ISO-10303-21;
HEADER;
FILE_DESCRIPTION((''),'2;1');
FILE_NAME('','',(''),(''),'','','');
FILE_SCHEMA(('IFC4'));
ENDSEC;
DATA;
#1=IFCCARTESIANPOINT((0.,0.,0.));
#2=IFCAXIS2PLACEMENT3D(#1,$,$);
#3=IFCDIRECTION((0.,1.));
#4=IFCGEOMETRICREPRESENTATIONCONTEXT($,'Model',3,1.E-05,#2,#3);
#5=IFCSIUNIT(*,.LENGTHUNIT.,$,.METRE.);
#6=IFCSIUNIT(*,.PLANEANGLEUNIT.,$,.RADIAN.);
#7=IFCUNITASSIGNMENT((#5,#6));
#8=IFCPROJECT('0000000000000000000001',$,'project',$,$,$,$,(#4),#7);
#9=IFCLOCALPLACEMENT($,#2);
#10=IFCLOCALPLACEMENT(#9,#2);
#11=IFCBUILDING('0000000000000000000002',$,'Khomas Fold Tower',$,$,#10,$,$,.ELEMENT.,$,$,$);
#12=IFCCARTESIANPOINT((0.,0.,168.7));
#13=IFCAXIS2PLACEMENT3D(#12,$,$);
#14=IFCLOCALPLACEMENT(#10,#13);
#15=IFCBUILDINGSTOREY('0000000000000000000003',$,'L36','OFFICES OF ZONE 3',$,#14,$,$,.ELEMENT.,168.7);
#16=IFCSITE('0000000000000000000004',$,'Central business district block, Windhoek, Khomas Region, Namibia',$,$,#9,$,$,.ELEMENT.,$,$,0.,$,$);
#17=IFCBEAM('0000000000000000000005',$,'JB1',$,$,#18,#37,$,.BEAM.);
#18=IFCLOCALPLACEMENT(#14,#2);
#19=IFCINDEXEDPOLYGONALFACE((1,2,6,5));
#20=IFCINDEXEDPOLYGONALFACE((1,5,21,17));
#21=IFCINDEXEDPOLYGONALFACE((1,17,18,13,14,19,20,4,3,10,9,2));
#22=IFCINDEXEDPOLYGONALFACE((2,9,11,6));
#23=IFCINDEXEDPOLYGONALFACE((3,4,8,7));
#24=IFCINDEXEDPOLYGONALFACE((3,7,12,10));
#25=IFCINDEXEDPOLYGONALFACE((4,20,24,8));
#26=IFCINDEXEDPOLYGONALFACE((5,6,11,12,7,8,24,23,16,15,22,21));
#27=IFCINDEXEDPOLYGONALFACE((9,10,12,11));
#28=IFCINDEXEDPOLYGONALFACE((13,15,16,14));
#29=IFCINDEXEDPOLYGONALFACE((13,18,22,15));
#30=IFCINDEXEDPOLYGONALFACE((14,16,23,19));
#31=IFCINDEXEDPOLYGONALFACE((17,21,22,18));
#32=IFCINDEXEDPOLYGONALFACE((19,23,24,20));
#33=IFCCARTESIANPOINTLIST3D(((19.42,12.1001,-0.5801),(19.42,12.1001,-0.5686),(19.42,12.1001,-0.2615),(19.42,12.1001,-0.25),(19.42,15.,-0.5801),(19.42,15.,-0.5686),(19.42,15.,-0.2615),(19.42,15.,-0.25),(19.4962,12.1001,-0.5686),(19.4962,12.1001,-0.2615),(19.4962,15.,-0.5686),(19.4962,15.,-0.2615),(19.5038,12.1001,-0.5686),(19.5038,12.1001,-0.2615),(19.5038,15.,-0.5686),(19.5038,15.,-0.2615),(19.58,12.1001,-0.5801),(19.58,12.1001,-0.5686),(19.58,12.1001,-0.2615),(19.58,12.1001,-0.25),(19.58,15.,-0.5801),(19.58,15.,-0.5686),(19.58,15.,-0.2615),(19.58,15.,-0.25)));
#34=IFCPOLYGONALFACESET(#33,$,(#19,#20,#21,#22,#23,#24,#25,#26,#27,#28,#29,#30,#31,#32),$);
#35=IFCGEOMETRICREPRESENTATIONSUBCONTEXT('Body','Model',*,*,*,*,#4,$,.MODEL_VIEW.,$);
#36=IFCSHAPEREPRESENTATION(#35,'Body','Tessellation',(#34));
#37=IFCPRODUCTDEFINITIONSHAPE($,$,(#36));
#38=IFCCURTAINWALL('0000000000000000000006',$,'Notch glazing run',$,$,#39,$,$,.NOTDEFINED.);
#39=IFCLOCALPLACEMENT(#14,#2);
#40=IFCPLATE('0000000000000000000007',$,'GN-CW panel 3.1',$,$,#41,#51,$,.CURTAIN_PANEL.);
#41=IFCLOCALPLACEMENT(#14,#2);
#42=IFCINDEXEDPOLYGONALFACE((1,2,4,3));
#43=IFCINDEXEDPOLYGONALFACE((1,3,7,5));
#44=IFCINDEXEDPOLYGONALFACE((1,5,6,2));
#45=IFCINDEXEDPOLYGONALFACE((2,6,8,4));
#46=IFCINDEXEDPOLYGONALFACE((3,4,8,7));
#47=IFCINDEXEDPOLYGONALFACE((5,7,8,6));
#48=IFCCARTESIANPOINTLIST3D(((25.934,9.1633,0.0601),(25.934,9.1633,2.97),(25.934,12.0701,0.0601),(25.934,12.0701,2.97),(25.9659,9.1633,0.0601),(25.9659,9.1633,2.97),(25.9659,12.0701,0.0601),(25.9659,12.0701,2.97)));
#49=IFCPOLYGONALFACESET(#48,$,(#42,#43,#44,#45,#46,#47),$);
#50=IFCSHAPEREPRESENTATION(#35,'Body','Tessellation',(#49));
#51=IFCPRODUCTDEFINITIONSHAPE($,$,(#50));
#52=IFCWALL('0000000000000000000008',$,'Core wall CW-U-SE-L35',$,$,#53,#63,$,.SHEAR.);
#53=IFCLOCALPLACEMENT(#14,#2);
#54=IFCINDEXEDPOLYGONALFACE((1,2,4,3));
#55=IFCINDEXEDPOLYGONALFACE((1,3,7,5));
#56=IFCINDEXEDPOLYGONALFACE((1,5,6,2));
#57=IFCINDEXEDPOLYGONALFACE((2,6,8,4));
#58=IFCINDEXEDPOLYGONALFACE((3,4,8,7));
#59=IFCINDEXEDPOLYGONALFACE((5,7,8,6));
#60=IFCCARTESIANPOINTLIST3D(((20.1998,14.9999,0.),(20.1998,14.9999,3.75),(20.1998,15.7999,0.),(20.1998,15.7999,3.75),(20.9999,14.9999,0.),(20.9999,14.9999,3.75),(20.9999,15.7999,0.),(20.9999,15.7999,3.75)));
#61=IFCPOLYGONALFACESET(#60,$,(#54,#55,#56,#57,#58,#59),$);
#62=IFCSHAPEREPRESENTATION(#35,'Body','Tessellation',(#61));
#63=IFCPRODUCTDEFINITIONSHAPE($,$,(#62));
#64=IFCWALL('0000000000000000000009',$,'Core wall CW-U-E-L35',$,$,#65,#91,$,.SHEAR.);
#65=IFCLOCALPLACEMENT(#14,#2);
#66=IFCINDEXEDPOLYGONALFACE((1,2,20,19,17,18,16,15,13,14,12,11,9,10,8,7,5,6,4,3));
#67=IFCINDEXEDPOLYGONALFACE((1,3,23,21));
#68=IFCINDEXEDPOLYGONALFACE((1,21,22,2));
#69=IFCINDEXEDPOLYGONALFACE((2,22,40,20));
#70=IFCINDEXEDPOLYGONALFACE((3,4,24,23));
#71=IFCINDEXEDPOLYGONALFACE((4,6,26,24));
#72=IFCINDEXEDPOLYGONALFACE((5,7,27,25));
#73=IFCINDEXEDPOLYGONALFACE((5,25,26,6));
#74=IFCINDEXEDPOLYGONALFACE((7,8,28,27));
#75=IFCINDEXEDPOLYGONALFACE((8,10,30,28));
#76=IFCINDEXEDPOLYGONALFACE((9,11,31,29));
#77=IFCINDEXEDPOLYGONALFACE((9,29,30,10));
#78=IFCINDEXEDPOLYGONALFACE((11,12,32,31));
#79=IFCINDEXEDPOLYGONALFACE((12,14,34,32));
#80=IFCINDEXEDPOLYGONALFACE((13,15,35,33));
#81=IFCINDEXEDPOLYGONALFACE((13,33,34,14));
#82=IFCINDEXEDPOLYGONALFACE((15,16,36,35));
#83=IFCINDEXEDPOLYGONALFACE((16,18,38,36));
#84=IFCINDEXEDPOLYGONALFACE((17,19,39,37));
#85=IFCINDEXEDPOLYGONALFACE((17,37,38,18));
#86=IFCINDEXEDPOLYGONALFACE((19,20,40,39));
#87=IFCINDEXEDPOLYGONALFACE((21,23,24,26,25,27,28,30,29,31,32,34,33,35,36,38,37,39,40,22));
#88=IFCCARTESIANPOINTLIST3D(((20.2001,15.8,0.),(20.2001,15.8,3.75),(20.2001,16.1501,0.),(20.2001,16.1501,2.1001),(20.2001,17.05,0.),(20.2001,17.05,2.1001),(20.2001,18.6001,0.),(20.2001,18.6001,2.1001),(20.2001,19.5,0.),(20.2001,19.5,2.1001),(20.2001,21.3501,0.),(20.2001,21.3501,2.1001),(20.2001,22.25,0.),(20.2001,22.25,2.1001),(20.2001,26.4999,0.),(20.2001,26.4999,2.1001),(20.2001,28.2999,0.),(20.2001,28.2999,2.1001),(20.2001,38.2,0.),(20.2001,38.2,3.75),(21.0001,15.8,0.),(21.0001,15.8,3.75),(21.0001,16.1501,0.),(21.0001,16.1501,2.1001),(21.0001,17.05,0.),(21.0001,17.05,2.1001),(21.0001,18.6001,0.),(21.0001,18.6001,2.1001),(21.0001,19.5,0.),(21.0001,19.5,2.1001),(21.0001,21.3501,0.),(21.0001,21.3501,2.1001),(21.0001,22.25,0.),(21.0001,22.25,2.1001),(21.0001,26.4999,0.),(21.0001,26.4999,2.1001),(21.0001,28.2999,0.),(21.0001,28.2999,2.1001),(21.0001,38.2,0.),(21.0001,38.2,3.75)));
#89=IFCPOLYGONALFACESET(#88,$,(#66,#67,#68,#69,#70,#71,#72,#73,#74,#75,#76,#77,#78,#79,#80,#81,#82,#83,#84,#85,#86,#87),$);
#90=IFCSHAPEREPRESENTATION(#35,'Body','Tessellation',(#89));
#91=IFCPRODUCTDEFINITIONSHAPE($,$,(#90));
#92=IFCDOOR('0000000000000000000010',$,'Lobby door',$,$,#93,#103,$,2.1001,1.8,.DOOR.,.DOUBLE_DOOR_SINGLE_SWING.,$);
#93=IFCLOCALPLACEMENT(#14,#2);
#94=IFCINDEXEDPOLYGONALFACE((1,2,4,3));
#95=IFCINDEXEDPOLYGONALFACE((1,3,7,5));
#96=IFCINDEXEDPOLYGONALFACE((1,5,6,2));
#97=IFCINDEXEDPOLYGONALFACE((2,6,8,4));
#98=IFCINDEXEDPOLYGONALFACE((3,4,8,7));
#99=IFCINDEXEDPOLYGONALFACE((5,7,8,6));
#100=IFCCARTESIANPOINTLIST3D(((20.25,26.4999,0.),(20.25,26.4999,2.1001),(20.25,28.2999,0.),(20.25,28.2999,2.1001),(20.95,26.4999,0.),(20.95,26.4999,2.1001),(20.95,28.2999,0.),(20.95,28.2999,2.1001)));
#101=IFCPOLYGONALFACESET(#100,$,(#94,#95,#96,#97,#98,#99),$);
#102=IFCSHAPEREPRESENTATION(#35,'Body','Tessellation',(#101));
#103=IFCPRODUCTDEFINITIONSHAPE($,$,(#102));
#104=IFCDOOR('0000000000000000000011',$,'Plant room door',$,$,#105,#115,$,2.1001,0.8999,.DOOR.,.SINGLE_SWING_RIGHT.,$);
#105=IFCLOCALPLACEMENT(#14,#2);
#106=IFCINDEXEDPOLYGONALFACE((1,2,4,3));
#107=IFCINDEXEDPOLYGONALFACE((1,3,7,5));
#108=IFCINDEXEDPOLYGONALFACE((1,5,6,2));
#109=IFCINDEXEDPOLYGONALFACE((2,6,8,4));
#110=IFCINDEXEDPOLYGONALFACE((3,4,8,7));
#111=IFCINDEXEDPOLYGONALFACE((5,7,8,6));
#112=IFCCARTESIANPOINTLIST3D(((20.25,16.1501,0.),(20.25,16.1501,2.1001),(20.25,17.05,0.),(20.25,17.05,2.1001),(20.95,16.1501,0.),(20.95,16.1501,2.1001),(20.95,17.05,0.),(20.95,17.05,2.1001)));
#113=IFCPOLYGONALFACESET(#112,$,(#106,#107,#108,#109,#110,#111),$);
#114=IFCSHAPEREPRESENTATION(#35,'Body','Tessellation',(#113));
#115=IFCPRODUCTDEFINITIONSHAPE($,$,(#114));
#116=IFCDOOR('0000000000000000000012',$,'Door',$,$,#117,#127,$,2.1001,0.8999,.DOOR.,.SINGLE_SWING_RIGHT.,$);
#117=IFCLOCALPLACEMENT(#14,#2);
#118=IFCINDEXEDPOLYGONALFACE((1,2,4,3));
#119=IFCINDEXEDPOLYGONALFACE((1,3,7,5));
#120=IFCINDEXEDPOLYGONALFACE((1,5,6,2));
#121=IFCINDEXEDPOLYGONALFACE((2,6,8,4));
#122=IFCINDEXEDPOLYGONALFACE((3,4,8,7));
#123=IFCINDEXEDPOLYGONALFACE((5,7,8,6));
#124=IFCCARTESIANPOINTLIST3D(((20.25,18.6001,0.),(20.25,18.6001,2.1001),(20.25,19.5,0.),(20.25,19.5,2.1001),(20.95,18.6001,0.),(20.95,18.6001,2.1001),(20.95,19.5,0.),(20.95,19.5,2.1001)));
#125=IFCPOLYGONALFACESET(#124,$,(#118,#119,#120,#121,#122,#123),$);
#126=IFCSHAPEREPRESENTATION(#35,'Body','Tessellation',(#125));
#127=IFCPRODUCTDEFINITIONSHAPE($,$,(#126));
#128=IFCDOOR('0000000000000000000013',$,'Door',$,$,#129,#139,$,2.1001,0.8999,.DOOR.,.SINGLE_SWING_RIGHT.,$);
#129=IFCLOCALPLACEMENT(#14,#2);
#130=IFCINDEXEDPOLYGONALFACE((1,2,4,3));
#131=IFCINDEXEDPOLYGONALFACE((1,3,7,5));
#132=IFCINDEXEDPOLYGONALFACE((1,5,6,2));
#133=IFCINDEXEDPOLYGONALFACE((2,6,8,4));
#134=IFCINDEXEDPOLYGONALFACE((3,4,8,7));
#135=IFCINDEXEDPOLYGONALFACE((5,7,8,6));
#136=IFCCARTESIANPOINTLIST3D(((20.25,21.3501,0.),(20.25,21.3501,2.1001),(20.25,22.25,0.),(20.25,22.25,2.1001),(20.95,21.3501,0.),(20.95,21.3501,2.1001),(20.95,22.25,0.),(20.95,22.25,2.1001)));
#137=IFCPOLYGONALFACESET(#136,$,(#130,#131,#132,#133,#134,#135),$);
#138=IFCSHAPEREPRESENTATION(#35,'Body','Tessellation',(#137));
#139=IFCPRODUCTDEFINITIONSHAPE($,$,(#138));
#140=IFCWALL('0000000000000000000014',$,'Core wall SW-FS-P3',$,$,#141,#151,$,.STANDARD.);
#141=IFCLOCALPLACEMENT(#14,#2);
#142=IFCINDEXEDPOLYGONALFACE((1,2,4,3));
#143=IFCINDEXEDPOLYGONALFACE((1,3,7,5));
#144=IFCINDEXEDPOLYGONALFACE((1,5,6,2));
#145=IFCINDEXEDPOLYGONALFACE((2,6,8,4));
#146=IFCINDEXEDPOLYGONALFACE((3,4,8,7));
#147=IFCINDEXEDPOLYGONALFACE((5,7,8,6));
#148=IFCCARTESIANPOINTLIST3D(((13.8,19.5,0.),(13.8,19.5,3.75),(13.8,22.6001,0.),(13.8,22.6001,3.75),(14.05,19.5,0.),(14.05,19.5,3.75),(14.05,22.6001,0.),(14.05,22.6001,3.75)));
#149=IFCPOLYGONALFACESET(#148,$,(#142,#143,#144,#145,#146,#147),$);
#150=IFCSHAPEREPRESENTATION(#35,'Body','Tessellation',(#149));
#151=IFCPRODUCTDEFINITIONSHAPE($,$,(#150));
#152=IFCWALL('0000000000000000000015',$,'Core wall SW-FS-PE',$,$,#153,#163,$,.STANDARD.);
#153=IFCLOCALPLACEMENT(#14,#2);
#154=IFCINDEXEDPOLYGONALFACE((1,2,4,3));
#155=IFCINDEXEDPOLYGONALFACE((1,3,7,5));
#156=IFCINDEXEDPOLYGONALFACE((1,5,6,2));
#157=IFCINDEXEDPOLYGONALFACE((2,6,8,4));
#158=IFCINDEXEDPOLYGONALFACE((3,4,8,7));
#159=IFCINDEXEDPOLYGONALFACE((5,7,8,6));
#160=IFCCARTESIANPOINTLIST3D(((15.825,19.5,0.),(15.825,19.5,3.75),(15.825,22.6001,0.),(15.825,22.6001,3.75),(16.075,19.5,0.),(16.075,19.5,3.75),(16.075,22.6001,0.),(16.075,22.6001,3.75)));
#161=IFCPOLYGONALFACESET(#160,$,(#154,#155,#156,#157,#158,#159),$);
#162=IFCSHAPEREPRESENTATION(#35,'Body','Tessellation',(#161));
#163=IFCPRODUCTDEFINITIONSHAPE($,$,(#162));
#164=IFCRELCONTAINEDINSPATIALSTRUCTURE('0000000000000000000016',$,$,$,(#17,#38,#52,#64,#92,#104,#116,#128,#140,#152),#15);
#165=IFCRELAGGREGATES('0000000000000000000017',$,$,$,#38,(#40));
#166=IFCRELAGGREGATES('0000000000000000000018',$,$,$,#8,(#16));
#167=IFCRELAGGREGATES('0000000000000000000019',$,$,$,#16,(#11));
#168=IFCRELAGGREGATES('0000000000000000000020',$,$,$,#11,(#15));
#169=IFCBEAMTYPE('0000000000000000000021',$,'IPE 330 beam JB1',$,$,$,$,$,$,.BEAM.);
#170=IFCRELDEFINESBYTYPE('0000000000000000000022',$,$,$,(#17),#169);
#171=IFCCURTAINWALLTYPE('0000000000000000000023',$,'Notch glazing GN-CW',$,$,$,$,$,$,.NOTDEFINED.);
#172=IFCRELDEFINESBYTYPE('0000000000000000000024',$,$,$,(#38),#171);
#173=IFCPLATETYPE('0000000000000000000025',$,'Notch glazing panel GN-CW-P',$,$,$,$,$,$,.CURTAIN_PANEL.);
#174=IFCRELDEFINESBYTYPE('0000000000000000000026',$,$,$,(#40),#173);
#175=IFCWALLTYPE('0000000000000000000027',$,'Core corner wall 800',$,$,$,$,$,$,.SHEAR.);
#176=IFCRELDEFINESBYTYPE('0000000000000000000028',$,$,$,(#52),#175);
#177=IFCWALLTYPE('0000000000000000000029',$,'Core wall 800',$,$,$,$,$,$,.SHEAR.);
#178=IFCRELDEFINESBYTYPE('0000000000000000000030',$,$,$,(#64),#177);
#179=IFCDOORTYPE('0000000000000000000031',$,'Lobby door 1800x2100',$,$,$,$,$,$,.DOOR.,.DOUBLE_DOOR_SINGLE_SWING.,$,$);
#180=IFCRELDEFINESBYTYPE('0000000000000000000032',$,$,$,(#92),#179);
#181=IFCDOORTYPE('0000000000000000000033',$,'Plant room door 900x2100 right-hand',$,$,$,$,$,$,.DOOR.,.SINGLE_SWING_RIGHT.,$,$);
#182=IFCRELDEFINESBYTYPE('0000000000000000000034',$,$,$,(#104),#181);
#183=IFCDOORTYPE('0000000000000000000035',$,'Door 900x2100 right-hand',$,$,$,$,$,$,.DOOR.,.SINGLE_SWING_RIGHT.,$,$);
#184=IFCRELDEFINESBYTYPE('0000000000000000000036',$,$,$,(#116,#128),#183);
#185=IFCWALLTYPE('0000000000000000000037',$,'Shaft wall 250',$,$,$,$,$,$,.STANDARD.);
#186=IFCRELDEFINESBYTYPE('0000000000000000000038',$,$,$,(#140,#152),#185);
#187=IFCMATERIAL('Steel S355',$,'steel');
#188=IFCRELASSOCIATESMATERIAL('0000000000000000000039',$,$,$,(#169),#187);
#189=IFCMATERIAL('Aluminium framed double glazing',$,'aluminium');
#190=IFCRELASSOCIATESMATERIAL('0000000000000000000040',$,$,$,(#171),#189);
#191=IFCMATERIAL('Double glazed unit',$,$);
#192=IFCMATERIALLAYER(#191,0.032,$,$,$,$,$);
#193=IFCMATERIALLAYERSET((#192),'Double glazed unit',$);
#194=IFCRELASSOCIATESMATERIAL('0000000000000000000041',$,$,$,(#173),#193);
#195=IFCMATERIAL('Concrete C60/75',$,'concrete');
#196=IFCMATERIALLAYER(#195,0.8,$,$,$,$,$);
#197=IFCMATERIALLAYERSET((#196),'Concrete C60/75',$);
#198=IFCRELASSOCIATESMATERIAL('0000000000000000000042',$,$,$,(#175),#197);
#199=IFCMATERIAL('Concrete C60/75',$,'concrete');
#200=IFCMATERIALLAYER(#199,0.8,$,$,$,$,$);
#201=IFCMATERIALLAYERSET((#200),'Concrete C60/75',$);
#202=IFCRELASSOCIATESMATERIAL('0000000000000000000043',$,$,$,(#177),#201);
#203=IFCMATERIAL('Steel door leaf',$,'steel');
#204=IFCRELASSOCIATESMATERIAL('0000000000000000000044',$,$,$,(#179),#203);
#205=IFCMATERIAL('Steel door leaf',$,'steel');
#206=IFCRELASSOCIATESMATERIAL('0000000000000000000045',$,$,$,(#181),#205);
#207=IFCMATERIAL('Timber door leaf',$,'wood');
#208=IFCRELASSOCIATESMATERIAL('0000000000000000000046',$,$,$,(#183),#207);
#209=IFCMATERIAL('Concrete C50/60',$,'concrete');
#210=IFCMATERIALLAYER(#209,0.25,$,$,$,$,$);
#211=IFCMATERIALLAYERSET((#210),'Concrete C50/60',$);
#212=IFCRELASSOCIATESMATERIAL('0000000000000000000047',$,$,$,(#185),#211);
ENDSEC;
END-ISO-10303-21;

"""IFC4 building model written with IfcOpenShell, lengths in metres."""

from ifc_helpers import new_model, si_unit, direction, frame, frame_2d, origin, origin_2d, place, context, subcontext, project, spatial, rectangle, i_section, extrude, source, transform, mapped, material, layer, layer_set, material_profile, profile_set, type_object, element, fill, aggregate, save


model = new_model("IFC4")

# Units and contexts
model_context = context("Model", 3, precision=1e-05, world=origin(), true_north=direction((0.0, 1.0)))
body_context = subcontext(model_context, "Body", "Model", "MODEL_VIEW")
ifc_project = project(units=[si_unit("LENGTHUNIT", "METRE"), si_unit("PLANEANGLEUNIT", "RADIAN")], contexts=[model_context])

# Site, building, storey
site_placement = place(None, origin())
site = spatial("IfcSite", under=ifc_project, at=site_placement, Name="Central business district block, Windhoek, Khomas Region, Namibia", CompositionType="ELEMENT", RefElevation=0.0)
building_placement = place(site_placement, origin())
building = spatial("IfcBuilding", under=site, at=building_placement, Name="Khomas Fold Tower", CompositionType="ELEMENT")
storey_placement = place(building_placement, frame((0.0, 0.0, 168.7)))
storey = spatial("IfcBuildingStorey", under=building, at=storey_placement, Name="L36", Description="OFFICES OF ZONE 3", CompositionType="ELEMENT", Elevation=168.7)

# Beam
ifc_material_1 = material(Name="Steel S355", Category="steel")
ifc_material_profile = material_profile(ifc_material_1, i_section(OverallWidth=0.1599, OverallDepth=0.3301, WebThickness=0.0076, FlangeThickness=0.0115, at=origin_2d()), Name="IPE 330")
ifc_profile_set = profile_set([ifc_material_profile], Name="Steel S355")
beam_type = type_object("IfcBeamType", Name="IPE 330 beam JB1", PredefinedType="BEAM", material=ifc_profile_set)
shared_shape_1 = source(origin(), body_context, "Body", "SweptSolid", [
    extrude(i_section(OverallWidth=0.1599, OverallDepth=0.3301, WebThickness=0.0076, FlangeThickness=0.0115, at=origin_2d()), origin(), (0.0, 0.0, 1.0), 2.8999),
])
beam_placement = place(storey_placement, frame((19.5, 12.1001, -0.415), z_axis=(0.0, 1.0, 0.0), x_axis=(-1.0, 0.0, 0.0)))
element("IfcBeam", 1, at=beam_placement, inside=storey, type_object=beam_type, Name="JB1", PredefinedType="BEAM", context=body_context, shape_type="MappedRepresentation", body=[
    mapped(shared_shape_1, transform((0.0, 0.0, 0.0))),
])

# Curtain wall, plate
ifc_material_2 = material(Name="Aluminium framed double glazing", Category="aluminium")
curtain_wall_type = type_object("IfcCurtainWallType", Name="Notch glazing GN-CW", PredefinedType="NOTDEFINED", material=ifc_material_2)
curtain_wall_placement = place(storey_placement, origin())
curtain_wall = element("IfcCurtainWall", 2, at=curtain_wall_placement, inside=storey, type_object=curtain_wall_type, Name="Notch glazing run", PredefinedType="NOTDEFINED")
ifc_material_3 = material(Name="Double glazed unit")
ifc_layer_1 = layer(ifc_material_3, 0.032)
ifc_layer_set_1 = layer_set([ifc_layer_1], Name="Double glazed unit")
plate_type = type_object("IfcPlateType", Name="Notch glazing panel GN-CW-P", PredefinedType="CURTAIN_PANEL", material=ifc_layer_set_1)
shared_shape_2 = source(origin(), body_context, "Body", "SweptSolid", [
    extrude(rectangle(XDim=2.9067, YDim=0.032, at=origin_2d()), origin(), (0.0, 0.0, 1.0), 2.9099),
])
plate_placement = place(storey_placement, frame((25.95, 10.6167, 0.0601), z_axis=(0.0, 0.0, 1.0), x_axis=(0.0, 1.0, 0.0)))
plate = element("IfcPlate", 3, at=plate_placement, type_object=plate_type, Name="GN-CW panel 3.1", PredefinedType="CURTAIN_PANEL", context=body_context, shape_type="MappedRepresentation", body=[
    mapped(shared_shape_2, transform((0.0, 0.0, 0.0))),
])
aggregate(curtain_wall, [plate])

# Wall
ifc_material_4 = material(Name="Concrete C60/75", Category="concrete")
ifc_layer_2 = layer(ifc_material_4, 0.8)
ifc_layer_set_2 = layer_set([ifc_layer_2], Name="Concrete C60/75")
wall_type_1 = type_object("IfcWallType", Name="Core corner wall 800", PredefinedType="SHEAR", material=ifc_layer_set_2)
shared_shape_3 = source(origin(), body_context, "Body", "SweptSolid", [
    extrude(rectangle(XDim=0.8, YDim=0.8, at=frame_2d((0.3999, 0.0))), origin(), (0.0, 0.0, 1.0), 3.75),
])
wall_1_placement = place(storey_placement, frame((20.2, 15.3999, 0.0), z_axis=(0.0, 0.0, 1.0), x_axis=(1.0, 0.0, 0.0)))
element("IfcWall", 4, at=wall_1_placement, inside=storey, type_object=wall_type_1, Name="Core wall CW-U-SE-L35", PredefinedType="SHEAR", context=body_context, shape_type="MappedRepresentation", body=[
    mapped(shared_shape_3, transform((0.0, 0.0, 0.0))),
])

# Wall, openings, doors
ifc_material_5 = material(Name="Concrete C60/75", Category="concrete")
ifc_layer_3 = layer(ifc_material_5, 0.8)
ifc_layer_set_3 = layer_set([ifc_layer_3], Name="Concrete C60/75")
wall_type_2 = type_object("IfcWallType", Name="Core wall 800", PredefinedType="SHEAR", material=ifc_layer_set_3)
shared_shape_4 = source(origin(), body_context, "Body", "SweptSolid", [
    extrude(rectangle(XDim=22.3999, YDim=0.8, at=frame_2d((11.2, 0.0))), origin(), (0.0, 0.0, 1.0), 3.75),
])
wall_2_placement = place(storey_placement, frame((20.6001, 15.8, 0.0), z_axis=(0.0, 0.0, 1.0), x_axis=(0.0, 1.0, 0.0)))
wall_2 = element("IfcWall", 5, at=wall_2_placement, inside=storey, type_object=wall_type_2, Name="Core wall CW-U-E-L35", PredefinedType="SHEAR", context=body_context, shape_type="MappedRepresentation", body=[
    mapped(shared_shape_4, transform((0.0, 0.0, 0.0))),
])
shared_shape_5 = source(origin(), body_context, "Body", "SweptSolid", [
    extrude(rectangle(XDim=1.8, YDim=2.1001, at=frame_2d((0.8999, 1.05))), frame((0.0, 0.4099, 0.0), z_axis=(0.0, -1.0, 0.0), x_axis=(1.0, 0.0, 0.0)), (0.0, 0.0, 1.0), 0.8201),
])
opening_1_placement = place(wall_2_placement, frame((10.7, 0.0, 0.0)))
opening_1 = element("IfcOpeningElement", 6, at=opening_1_placement, cuts=wall_2, PredefinedType="OPENING", context=body_context, shape_type="MappedRepresentation", body=[
    mapped(shared_shape_5, transform((0.0, 0.0, 0.0))),
])
shared_shape_6 = source(origin(), body_context, "Body", "SweptSolid", [
    extrude(rectangle(XDim=0.8999, YDim=2.1001, at=frame_2d((0.45, 1.05))), frame((0.0, 0.4099, 0.0), z_axis=(0.0, -1.0, 0.0), x_axis=(1.0, 0.0, 0.0)), (0.0, 0.0, 1.0), 0.8201),
])
opening_2_placement = place(wall_2_placement, frame((0.3501, 0.0, 0.0)))
opening_2 = element("IfcOpeningElement", 7, at=opening_2_placement, cuts=wall_2, PredefinedType="OPENING", context=body_context, shape_type="MappedRepresentation", body=[
    mapped(shared_shape_6, transform((0.0, 0.0, 0.0))),
])
opening_3_placement = place(wall_2_placement, frame((2.8, 0.0, 0.0)))
opening_3 = element("IfcOpeningElement", 8, at=opening_3_placement, cuts=wall_2, PredefinedType="OPENING", context=body_context, shape_type="MappedRepresentation", body=[
    mapped(shared_shape_6, transform((0.0, 0.0, 0.0))),
])
opening_4_placement = place(wall_2_placement, frame((5.55, 0.0, 0.0)))
opening_4 = element("IfcOpeningElement", 9, at=opening_4_placement, cuts=wall_2, PredefinedType="OPENING", context=body_context, shape_type="MappedRepresentation", body=[
    mapped(shared_shape_6, transform((0.0, 0.0, 0.0))),
])
ifc_material_6 = material(Name="Steel door leaf", Category="steel")
door_type_1 = type_object("IfcDoorType", Name="Lobby door 1800x2100", OperationType="DOUBLE_DOOR_SINGLE_SWING", PredefinedType="DOOR", material=ifc_material_6)
shared_shape_7 = source(origin(), body_context, "Body", "SweptSolid", [
    extrude(rectangle(XDim=1.8, YDim=2.1001, at=frame_2d((0.8999, 1.05))), frame((0.0, 0.3501, 0.0), z_axis=(0.0, -1.0, 0.0), x_axis=(1.0, 0.0, 0.0)), (0.0, 0.0, 1.0), 0.7),
])
door_1_placement = place(opening_1_placement, origin())
door_1 = element("IfcDoor", 10, at=door_1_placement, inside=storey, type_object=door_type_1, Name="Lobby door", OperationType="DOUBLE_DOOR_SINGLE_SWING", OverallHeight=2.1001, OverallWidth=1.8, PredefinedType="DOOR", context=body_context, shape_type="MappedRepresentation", body=[
    mapped(shared_shape_7, transform((0.0, 0.0, 0.0))),
])
fill(opening_1, door_1)
ifc_material_7 = material(Name="Steel door leaf", Category="steel")
door_type_2 = type_object("IfcDoorType", Name="Plant room door 900x2100 right-hand", OperationType="SINGLE_SWING_RIGHT", PredefinedType="DOOR", material=ifc_material_7)
shared_shape_8 = source(origin(), body_context, "Body", "SweptSolid", [
    extrude(rectangle(XDim=0.8999, YDim=2.1001, at=frame_2d((0.45, 1.05))), frame((0.0, 0.3501, 0.0), z_axis=(0.0, -1.0, 0.0), x_axis=(1.0, 0.0, 0.0)), (0.0, 0.0, 1.0), 0.7),
])
door_2_placement = place(opening_2_placement, origin())
door_2 = element("IfcDoor", 11, at=door_2_placement, inside=storey, type_object=door_type_2, Name="Plant room door", OperationType="SINGLE_SWING_RIGHT", OverallHeight=2.1001, OverallWidth=0.8999, PredefinedType="DOOR", context=body_context, shape_type="MappedRepresentation", body=[
    mapped(shared_shape_8, transform((0.0, 0.0, 0.0))),
])
fill(opening_2, door_2)
ifc_material_8 = material(Name="Timber door leaf", Category="wood")
door_type_3 = type_object("IfcDoorType", Name="Door 900x2100 right-hand", OperationType="SINGLE_SWING_RIGHT", PredefinedType="DOOR", material=ifc_material_8)
door_3_placement = place(opening_3_placement, origin())
door_3 = element("IfcDoor", 12, at=door_3_placement, inside=storey, type_object=door_type_3, Name="Door", OperationType="SINGLE_SWING_RIGHT", OverallHeight=2.1001, OverallWidth=0.8999, PredefinedType="DOOR", context=body_context, shape_type="MappedRepresentation", body=[
    mapped(shared_shape_8, transform((0.0, 0.0, 0.0))),
])
fill(opening_3, door_3)
door_4_placement = place(opening_4_placement, origin())
door_4 = element("IfcDoor", 13, at=door_4_placement, inside=storey, type_object=door_type_3, Name="Door", OperationType="SINGLE_SWING_RIGHT", OverallHeight=2.1001, OverallWidth=0.8999, PredefinedType="DOOR", context=body_context, shape_type="MappedRepresentation", body=[
    mapped(shared_shape_8, transform((0.0, 0.0, 0.0))),
])
fill(opening_4, door_4)

# Walls
ifc_material_9 = material(Name="Concrete C50/60", Category="concrete")
ifc_layer_4 = layer(ifc_material_9, 0.25)
ifc_layer_set_4 = layer_set([ifc_layer_4], Name="Concrete C50/60")
wall_type_3 = type_object("IfcWallType", Name="Shaft wall 250", PredefinedType="STANDARD", material=ifc_layer_set_4)
shared_shape_9 = source(origin(), body_context, "Body", "SweptSolid", [
    extrude(rectangle(XDim=3.1001, YDim=0.25, at=frame_2d((1.55, 0.0))), origin(), (0.0, 0.0, 1.0), 3.75),
])
for number, where, z_axis, x_axis, name in (
    (14, (13.925, 19.5, 0.0), (0.0, 0.0, 1.0), (0.0, 1.0, 0.0), "Core wall SW-FS-P3"),
    (15, (15.95, 19.5, 0.0), (0.0, 0.0, 1.0), (0.0, 1.0, 0.0), "Core wall SW-FS-PE"),
):
    element("IfcWall", number, at=place(storey_placement, frame(where, z_axis=z_axis, x_axis=x_axis)), inside=storey, type_object=wall_type_3, Name=name, PredefinedType="STANDARD", context=body_context, shape_type="MappedRepresentation", body=[
        mapped(shared_shape_9, transform((0.0, 0.0, 0.0))),
    ])

save(model, "model.ifc")
